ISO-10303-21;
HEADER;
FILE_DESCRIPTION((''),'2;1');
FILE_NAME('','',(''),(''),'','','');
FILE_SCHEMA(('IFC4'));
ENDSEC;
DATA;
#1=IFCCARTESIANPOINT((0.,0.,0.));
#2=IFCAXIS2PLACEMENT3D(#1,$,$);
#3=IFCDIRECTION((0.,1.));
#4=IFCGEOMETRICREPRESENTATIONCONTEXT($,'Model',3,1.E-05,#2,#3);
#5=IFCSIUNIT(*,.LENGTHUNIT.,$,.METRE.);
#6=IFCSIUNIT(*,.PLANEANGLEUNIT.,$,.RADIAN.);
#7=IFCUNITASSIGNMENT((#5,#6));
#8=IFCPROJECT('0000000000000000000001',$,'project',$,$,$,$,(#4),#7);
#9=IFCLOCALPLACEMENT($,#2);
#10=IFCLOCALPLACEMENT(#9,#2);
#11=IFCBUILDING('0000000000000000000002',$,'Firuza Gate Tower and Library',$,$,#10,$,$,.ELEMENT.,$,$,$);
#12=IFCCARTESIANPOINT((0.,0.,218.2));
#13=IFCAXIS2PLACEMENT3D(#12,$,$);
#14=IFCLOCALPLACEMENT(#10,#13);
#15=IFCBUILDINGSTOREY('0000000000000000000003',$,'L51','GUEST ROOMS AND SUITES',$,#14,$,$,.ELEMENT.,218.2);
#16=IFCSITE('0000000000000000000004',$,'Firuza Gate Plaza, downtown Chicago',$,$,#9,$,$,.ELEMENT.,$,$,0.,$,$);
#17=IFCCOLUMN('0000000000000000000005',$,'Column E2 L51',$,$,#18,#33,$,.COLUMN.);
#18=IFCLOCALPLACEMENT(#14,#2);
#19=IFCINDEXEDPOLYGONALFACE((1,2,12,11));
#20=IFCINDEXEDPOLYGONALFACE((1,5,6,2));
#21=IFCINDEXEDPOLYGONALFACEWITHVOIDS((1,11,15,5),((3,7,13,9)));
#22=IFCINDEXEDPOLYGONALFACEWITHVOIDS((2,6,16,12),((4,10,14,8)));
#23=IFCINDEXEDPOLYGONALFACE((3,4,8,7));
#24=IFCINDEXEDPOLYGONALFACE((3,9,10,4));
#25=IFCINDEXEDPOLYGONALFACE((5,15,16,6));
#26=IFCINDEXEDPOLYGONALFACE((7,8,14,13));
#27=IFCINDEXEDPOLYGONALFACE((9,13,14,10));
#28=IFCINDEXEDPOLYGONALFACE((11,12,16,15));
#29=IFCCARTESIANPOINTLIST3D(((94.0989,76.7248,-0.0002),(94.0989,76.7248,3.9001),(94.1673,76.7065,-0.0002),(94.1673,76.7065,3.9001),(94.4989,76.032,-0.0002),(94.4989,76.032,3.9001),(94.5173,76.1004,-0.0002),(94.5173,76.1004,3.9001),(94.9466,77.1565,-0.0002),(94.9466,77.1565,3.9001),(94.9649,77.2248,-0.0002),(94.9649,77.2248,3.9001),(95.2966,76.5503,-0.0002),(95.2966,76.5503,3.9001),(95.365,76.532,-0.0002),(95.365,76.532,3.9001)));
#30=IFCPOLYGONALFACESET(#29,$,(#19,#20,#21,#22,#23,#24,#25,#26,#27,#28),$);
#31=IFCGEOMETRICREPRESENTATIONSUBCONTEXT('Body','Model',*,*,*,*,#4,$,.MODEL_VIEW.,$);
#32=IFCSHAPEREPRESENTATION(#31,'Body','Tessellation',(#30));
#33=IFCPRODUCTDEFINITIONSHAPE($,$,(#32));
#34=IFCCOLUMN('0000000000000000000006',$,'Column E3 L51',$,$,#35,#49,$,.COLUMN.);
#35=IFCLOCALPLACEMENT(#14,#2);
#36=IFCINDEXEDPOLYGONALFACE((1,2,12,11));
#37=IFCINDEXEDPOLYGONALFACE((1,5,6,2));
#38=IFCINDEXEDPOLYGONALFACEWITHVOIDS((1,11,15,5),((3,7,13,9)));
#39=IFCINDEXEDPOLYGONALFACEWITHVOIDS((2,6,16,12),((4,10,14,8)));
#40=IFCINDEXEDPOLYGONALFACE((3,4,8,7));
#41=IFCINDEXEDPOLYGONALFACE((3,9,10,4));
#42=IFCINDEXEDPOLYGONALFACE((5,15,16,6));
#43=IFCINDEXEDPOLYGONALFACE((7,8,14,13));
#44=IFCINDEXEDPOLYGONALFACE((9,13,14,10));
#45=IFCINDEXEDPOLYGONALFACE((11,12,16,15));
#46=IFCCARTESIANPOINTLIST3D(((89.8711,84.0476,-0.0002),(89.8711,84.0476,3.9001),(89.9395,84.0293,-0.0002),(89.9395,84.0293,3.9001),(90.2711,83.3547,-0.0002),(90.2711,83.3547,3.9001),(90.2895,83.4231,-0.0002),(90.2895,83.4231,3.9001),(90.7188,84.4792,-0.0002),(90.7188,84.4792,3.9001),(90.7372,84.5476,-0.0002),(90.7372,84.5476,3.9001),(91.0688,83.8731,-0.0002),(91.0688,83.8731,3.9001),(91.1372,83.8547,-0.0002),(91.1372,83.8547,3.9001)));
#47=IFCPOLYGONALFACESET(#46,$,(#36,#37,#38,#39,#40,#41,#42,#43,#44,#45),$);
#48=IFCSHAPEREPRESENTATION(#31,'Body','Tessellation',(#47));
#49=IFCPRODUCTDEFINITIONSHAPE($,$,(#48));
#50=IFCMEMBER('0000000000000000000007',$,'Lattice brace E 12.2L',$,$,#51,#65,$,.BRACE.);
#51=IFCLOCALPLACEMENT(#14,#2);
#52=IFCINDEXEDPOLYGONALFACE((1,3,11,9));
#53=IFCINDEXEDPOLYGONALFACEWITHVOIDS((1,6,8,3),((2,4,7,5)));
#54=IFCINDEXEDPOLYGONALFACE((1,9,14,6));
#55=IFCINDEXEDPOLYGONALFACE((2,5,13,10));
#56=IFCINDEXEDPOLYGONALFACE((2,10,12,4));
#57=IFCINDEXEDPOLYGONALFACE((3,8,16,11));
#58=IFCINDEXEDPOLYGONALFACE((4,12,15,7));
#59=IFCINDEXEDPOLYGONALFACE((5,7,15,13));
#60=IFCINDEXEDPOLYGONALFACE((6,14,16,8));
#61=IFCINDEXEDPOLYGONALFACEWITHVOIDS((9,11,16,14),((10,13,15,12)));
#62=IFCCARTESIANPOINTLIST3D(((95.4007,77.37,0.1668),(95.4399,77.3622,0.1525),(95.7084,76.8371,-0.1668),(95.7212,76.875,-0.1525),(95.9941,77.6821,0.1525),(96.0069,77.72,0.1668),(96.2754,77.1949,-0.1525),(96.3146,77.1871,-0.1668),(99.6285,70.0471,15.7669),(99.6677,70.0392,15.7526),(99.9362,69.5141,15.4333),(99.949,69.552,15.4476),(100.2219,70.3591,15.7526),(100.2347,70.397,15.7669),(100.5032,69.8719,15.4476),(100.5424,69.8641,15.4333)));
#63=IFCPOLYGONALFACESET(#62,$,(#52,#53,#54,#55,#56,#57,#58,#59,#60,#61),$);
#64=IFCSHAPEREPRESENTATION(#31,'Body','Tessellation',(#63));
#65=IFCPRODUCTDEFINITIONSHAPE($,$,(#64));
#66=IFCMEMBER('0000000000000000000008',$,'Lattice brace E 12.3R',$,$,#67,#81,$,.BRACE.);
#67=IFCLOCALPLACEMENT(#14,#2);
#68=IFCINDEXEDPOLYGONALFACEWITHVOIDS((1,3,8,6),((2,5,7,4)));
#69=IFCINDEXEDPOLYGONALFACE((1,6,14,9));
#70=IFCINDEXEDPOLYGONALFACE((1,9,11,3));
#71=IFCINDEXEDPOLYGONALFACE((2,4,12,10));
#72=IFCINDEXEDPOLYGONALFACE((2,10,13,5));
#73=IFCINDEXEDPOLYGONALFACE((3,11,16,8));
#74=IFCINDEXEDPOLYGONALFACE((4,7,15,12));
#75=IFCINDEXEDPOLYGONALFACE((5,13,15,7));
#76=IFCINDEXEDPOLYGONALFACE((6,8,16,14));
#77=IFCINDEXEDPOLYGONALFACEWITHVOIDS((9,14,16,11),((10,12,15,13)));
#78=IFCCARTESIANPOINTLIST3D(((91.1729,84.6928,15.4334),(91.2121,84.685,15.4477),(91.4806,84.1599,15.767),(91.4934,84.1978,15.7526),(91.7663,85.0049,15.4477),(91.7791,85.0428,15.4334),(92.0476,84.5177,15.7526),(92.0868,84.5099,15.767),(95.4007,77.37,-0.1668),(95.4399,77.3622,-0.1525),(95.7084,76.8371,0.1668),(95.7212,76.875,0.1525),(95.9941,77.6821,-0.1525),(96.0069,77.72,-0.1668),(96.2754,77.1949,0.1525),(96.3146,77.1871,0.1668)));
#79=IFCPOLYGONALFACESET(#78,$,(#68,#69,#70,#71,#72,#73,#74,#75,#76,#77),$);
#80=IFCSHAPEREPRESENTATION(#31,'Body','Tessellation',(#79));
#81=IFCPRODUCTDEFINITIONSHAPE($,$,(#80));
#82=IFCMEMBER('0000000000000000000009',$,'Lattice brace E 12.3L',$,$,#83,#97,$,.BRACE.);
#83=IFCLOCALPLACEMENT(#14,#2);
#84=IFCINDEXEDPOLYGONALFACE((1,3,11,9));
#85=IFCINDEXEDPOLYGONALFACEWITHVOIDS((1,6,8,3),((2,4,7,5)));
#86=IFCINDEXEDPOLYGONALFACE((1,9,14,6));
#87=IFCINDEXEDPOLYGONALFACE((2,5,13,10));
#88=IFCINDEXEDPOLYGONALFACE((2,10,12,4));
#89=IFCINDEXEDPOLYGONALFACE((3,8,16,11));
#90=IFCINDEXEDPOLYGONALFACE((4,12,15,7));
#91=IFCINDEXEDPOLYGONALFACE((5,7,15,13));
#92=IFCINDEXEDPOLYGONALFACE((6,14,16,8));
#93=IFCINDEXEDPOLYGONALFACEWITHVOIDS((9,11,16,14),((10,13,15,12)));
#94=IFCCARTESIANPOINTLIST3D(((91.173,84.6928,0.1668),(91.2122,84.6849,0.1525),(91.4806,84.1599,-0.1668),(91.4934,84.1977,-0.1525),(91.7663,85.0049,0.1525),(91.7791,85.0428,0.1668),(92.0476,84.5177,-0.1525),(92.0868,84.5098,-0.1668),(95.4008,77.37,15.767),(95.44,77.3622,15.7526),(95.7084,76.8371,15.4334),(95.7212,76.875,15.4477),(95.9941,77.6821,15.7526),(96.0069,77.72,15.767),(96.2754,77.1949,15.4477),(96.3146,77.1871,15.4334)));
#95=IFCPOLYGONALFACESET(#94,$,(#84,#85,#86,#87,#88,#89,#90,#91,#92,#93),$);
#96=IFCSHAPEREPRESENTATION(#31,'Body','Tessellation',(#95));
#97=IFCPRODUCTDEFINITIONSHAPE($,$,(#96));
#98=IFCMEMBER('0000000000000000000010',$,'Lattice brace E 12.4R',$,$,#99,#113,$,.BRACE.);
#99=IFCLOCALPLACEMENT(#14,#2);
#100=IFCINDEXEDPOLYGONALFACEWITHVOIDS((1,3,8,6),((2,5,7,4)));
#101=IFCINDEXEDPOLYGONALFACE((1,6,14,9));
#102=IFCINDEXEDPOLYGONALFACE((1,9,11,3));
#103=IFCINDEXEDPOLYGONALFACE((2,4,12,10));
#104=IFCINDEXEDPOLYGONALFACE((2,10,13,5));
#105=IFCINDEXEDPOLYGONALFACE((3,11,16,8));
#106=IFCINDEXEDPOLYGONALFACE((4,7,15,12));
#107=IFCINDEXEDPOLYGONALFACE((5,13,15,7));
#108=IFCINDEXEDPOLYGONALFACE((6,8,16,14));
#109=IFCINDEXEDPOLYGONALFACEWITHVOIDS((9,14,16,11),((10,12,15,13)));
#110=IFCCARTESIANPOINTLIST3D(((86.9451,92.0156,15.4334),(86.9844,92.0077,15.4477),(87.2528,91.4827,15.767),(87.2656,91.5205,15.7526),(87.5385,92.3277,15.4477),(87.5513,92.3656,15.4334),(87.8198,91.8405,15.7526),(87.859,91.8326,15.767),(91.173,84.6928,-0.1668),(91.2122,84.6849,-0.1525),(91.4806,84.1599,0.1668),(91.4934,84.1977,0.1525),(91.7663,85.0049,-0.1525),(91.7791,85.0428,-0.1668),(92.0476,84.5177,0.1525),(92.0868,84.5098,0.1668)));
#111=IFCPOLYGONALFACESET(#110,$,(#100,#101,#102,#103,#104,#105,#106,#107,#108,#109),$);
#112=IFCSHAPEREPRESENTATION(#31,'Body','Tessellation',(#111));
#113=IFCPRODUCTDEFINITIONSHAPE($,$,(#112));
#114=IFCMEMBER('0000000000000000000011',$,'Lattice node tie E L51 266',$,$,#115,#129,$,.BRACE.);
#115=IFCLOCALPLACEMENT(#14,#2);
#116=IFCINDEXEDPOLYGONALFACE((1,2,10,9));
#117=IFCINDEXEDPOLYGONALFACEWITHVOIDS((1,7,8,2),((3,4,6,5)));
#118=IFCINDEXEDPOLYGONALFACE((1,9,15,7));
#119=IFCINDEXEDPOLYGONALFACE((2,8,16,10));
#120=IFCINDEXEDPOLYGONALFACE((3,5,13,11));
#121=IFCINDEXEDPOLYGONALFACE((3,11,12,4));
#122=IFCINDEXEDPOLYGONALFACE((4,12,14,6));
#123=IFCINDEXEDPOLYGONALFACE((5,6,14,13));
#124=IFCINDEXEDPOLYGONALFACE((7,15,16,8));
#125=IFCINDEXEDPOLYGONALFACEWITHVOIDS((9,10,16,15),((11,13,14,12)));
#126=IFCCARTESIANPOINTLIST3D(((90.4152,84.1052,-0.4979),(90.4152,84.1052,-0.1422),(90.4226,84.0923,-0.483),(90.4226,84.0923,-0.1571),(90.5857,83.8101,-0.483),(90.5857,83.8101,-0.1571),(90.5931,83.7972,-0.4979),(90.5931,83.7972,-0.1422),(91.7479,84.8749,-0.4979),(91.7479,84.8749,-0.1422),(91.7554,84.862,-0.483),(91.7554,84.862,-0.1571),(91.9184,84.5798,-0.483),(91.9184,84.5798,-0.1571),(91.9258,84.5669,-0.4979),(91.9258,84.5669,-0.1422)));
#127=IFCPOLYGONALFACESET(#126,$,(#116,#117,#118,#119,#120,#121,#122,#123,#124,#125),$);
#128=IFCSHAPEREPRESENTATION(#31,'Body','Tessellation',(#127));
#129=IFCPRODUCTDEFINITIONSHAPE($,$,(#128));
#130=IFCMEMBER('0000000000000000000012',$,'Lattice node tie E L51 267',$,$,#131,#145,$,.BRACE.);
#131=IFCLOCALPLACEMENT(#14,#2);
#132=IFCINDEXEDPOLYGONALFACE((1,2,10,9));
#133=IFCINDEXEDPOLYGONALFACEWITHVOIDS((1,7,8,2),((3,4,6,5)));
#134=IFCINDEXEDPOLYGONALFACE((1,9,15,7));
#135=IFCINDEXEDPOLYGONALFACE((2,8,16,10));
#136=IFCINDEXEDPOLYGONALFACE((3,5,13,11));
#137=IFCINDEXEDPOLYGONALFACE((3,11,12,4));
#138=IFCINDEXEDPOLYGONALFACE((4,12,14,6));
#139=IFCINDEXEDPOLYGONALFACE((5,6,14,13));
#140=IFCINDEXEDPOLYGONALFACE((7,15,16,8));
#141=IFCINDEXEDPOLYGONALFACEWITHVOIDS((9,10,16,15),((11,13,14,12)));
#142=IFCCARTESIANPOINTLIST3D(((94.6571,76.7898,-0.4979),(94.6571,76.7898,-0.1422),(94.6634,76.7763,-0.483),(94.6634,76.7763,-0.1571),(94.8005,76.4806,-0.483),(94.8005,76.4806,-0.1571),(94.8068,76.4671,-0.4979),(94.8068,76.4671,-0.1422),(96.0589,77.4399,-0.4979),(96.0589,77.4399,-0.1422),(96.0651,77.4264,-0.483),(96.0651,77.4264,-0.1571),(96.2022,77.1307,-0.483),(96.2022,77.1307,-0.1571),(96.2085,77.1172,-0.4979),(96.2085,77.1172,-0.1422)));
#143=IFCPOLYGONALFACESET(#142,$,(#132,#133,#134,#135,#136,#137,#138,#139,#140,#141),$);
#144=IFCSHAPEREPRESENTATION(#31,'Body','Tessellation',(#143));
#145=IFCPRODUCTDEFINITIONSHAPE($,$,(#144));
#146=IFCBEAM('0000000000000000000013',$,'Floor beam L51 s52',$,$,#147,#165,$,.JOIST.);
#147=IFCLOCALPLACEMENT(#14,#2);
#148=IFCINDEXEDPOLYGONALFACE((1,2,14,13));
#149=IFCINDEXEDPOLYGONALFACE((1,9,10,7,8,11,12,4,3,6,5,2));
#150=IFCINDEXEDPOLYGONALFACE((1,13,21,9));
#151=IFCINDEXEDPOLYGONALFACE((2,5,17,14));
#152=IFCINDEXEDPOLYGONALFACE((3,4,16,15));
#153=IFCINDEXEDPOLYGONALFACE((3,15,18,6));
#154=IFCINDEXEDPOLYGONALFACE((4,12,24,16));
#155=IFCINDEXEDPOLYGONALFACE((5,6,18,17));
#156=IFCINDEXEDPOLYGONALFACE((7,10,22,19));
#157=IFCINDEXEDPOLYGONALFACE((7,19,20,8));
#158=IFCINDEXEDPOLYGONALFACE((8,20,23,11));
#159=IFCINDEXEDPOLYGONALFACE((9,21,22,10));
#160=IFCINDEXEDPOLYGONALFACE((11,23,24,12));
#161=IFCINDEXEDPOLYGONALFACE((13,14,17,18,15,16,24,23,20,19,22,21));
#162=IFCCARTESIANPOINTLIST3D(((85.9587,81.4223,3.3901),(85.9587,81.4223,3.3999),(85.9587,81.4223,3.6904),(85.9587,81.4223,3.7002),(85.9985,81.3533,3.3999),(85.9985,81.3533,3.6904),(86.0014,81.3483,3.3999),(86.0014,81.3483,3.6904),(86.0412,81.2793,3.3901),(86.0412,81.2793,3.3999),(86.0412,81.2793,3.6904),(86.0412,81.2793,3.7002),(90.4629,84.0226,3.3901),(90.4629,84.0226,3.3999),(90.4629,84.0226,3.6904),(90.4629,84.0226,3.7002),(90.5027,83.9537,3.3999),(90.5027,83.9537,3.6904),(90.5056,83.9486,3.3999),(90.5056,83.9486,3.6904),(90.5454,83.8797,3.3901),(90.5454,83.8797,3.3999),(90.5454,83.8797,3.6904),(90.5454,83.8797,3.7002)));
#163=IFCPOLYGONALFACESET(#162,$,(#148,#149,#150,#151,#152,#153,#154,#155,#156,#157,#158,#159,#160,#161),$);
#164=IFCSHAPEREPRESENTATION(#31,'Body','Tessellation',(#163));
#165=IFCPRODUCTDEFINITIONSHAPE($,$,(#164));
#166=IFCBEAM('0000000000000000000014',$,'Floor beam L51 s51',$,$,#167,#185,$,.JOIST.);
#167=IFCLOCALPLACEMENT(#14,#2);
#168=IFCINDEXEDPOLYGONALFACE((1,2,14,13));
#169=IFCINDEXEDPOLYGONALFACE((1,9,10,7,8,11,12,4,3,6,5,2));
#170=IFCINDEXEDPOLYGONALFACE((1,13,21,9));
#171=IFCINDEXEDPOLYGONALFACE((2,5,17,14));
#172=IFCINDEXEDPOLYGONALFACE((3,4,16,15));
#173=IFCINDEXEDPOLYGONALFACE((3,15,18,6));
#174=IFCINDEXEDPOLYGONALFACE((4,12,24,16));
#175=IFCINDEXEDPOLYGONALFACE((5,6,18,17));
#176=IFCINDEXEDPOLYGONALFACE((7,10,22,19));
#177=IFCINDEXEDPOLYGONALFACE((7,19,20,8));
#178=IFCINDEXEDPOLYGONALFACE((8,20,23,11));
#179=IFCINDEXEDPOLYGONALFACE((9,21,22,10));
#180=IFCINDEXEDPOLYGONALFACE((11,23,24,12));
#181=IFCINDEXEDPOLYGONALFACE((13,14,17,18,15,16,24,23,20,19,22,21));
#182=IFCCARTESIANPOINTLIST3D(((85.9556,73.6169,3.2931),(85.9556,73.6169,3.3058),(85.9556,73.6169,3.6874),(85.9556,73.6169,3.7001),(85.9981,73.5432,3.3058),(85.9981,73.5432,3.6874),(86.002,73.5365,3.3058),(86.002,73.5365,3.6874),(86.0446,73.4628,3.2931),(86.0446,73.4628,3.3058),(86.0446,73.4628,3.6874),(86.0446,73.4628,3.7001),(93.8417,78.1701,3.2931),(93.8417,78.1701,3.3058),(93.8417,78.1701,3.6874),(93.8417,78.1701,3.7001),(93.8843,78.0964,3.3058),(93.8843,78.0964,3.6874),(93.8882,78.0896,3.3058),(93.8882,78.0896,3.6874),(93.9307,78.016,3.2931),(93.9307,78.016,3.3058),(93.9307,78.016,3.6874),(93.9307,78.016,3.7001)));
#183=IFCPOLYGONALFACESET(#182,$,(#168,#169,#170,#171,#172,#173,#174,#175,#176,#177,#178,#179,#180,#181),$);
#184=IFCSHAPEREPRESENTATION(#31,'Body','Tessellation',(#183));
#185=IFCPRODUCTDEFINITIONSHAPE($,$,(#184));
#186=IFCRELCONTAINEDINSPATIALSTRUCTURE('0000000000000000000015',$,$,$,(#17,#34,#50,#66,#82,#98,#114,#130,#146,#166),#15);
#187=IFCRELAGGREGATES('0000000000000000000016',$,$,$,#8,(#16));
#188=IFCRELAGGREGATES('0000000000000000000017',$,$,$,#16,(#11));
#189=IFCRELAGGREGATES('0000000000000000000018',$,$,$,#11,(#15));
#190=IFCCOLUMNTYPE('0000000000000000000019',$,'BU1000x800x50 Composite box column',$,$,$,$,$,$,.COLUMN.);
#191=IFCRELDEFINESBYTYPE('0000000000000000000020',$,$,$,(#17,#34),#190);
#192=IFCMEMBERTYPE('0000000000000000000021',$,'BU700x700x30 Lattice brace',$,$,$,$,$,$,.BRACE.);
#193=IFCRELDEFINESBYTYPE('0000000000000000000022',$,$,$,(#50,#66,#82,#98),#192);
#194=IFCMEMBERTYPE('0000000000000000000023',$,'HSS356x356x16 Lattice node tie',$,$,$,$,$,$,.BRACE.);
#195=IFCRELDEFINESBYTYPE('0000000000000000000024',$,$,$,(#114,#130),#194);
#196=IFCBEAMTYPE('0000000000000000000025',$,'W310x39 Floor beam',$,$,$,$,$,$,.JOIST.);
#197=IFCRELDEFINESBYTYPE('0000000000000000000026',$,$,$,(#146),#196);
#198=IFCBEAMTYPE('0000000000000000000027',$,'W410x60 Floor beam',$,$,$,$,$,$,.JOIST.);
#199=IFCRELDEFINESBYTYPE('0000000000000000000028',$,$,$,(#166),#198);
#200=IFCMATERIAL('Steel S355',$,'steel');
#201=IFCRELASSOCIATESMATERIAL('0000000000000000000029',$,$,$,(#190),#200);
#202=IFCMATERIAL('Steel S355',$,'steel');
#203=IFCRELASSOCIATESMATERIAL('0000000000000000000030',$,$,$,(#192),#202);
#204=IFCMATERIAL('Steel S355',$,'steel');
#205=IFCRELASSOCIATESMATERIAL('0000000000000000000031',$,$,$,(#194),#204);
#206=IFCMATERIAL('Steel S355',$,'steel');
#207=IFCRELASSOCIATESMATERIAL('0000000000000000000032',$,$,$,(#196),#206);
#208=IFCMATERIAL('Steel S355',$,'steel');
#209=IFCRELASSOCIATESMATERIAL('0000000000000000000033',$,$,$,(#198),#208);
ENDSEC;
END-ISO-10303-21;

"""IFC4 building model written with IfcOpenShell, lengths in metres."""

from ifc_helpers import new_model, si_unit, direction, frame, origin, origin_2d, place, context, subcontext, project, spatial, hollow_rectangle, i_section, extrude, material, material_profile, profile_set, type_object, element, save


model = new_model("IFC4")

# Units and contexts
model_context = context("Model", 3, precision=1e-05, world=origin(), true_north=direction((0.0, 1.0)))
body_context = subcontext(model_context, "Body", "Model", "MODEL_VIEW")
ifc_project = project(units=[si_unit("LENGTHUNIT", "METRE"), si_unit("PLANEANGLEUNIT", "RADIAN")], contexts=[model_context])

# Site, building, storey
site_placement = place(None, origin())
site = spatial("IfcSite", under=ifc_project, at=site_placement, Name="Firuza Gate Plaza, downtown Chicago", CompositionType="ELEMENT", RefElevation=0.0)
building_placement = place(site_placement, origin())
building = spatial("IfcBuilding", under=site, at=building_placement, Name="Firuza Gate Tower and Library", CompositionType="ELEMENT")
storey_placement = place(building_placement, frame((0.0, 0.0, 218.2)))
storey = spatial("IfcBuildingStorey", under=building, at=storey_placement, Name="L51", Description="GUEST ROOMS AND SUITES", CompositionType="ELEMENT", Elevation=218.2)

# Columns
ifc_material_1 = material(Name="Steel S355", Category="steel")
ifc_material_profile_1 = material_profile(ifc_material_1, hollow_rectangle(XDim=0.8, YDim=1.0, WallThickness=0.05, at=origin_2d()))
ifc_profile_set_1 = profile_set([ifc_material_profile_1], Name="Steel S355")
column_type = type_object("IfcColumnType", Name="BU1000x800x50 Composite box column", PredefinedType="COLUMN", material=ifc_profile_set_1)
for number, where, z_axis, x_axis, name in (
    (1, (94.7319, 76.6284, -0.0002), (0.0, 0.0, 1.0), (-0.5, 0.866025, 0.0), "Column E2 L51"),
    (2, (90.5042, 83.9512, -0.0002), (0.0, 0.0, 1.0), (-0.5, 0.866025, 0.0), "Column E3 L51"),
):
    element("IfcColumn", number, at=place(storey_placement, frame(where, z_axis=z_axis, x_axis=x_axis)), inside=storey, type_object=column_type, Name=name, PredefinedType="COLUMN", context=body_context, shape_type="SweptSolid", body=[
        extrude(hollow_rectangle(XDim=0.8, YDim=1.0, WallThickness=0.05, at=origin_2d()), origin(), (0.0, 0.0, 1.0), 3.9004),
    ])

# Members
ifc_material_2 = material(Name="Steel S355", Category="steel")
ifc_material_profile_2 = material_profile(ifc_material_2, hollow_rectangle(XDim=0.7, YDim=0.7, WallThickness=0.03, at=origin_2d()))
ifc_profile_set_2 = profile_set([ifc_material_profile_2], Name="Steel S355")
member_type_1 = type_object("IfcMemberType", Name="BU700x700x30 Lattice brace", PredefinedType="BRACE", material=ifc_profile_set_2)
for number, where, z_axis, x_axis, name in (
    (3, (95.8577, 77.2786, 0.0), (0.23826, -0.412694, 0.879156), (0.866033, 0.499987, 0.0), "Lattice brace E 12.2L"),
    (4, (95.8577, 77.2786, 0.0), (-0.238262, 0.412682, 0.879161), (-0.866026, -0.499999, 0.0), "Lattice brace E 12.3R"),
    (5, (91.6299, 84.6013, 0.0), (0.238262, -0.412682, 0.879161), (0.866026, 0.499999, 0.0), "Lattice brace E 12.3L"),
    (6, (91.6299, 84.6013, 0.0), (-0.238262, 0.412682, 0.879161), (-0.866026, -0.499999, 0.0), "Lattice brace E 12.4R"),
):
    element("IfcMember", number, at=place(storey_placement, frame(where, z_axis=z_axis, x_axis=x_axis)), inside=storey, type_object=member_type_1, Name=name, PredefinedType="BRACE", context=body_context, shape_type="SweptSolid", body=[
        extrude(hollow_rectangle(XDim=0.7, YDim=0.7, WallThickness=0.03, at=origin_2d()), origin(), (0.0, 0.0, 1.0), 17.7444),
    ])
ifc_material_3 = material(Name="Steel S355", Category="steel")
ifc_material_profile_3 = material_profile(ifc_material_3, hollow_rectangle(XDim=0.3557, YDim=0.3557, WallThickness=0.0149, at=origin_2d()))
ifc_profile_set_3 = profile_set([ifc_material_profile_3], Name="Steel S355")
member_type_2 = type_object("IfcMemberType", Name="HSS356x356x16 Lattice node tie", PredefinedType="BRACE", material=ifc_profile_set_3)
member_1_placement = place(storey_placement, frame((90.5042, 83.9512, -0.3201), z_axis=(0.86594, 0.500148, 0.0), x_axis=(-0.500148, 0.86594, 0.0)))
element("IfcMember", 7, at=member_1_placement, inside=storey, type_object=member_type_2, Name="Lattice node tie E L51 266", PredefinedType="BRACE", context=body_context, shape_type="SweptSolid", body=[
    extrude(hollow_rectangle(XDim=0.3557, YDim=0.3557, WallThickness=0.0149, at=origin_2d()), origin(), (0.0, 0.0, 1.0), 1.5391),
])
member_2_placement = place(storey_placement, frame((94.7319, 76.6284, -0.3201), z_axis=(0.907186, 0.420731, 0.0), x_axis=(-0.420731, 0.907186, 0.0)))
element("IfcMember", 8, at=member_2_placement, inside=storey, type_object=member_type_2, Name="Lattice node tie E L51 267", PredefinedType="BRACE", context=body_context, shape_type="SweptSolid", body=[
    extrude(hollow_rectangle(XDim=0.3557, YDim=0.3557, WallThickness=0.0149, at=origin_2d()), origin(), (0.0, 0.0, 1.0), 1.5452),
])

# Beams
ifc_material_4 = material(Name="Steel S355", Category="steel")
ifc_material_profile_4 = material_profile(ifc_material_4, i_section(OverallWidth=0.165, OverallDepth=0.3101, WebThickness=0.0059, FlangeThickness=0.0098, at=origin_2d()))
ifc_profile_set_4 = profile_set([ifc_material_profile_4], Name="Steel S355")
beam_type_1 = type_object("IfcBeamType", Name="W310x39 Floor beam", PredefinedType="JOIST", material=ifc_profile_set_4)
beam_1_placement = place(storey_placement, frame((90.5042, 83.9512, 3.5452), z_axis=(-0.866036, -0.499981, 0.0), x_axis=(0.499981, -0.866036, 0.0)))
element("IfcBeam", 9, at=beam_1_placement, inside=storey, type_object=beam_type_1, Name="Floor beam L51 s52", PredefinedType="JOIST", context=body_context, shape_type="SweptSolid", body=[
    extrude(i_section(OverallWidth=0.165, OverallDepth=0.3101, WebThickness=0.0059, FlangeThickness=0.0098, at=origin_2d()), origin(), (0.0, 0.0, 1.0), 5.2009),
])
ifc_material_5 = material(Name="Steel S355", Category="steel")
ifc_material_profile_5 = material_profile(ifc_material_5, i_section(OverallWidth=0.178, OverallDepth=0.407, WebThickness=0.0078, FlangeThickness=0.0127, at=origin_2d()))
ifc_profile_set_5 = profile_set([ifc_material_profile_5], Name="Steel S355")
beam_type_2 = type_object("IfcBeamType", Name="W410x60 Floor beam", PredefinedType="JOIST", material=ifc_profile_set_5)
beam_2_placement = place(storey_placement, frame((93.8862, 78.093, 3.4966), z_axis=(-0.86602, -0.500009, 0.0), x_axis=(0.500009, -0.86602, 0.0)))
element("IfcBeam", 10, at=beam_2_placement, inside=storey, type_object=beam_type_2, Name="Floor beam L51 s51", PredefinedType="JOIST", context=body_context, shape_type="SweptSolid", body=[
    extrude(i_section(OverallWidth=0.178, OverallDepth=0.407, WebThickness=0.0078, FlangeThickness=0.0127, at=origin_2d()), origin(), (0.0, 0.0, 1.0), 9.1062),
])

save(model, "model.ifc")
